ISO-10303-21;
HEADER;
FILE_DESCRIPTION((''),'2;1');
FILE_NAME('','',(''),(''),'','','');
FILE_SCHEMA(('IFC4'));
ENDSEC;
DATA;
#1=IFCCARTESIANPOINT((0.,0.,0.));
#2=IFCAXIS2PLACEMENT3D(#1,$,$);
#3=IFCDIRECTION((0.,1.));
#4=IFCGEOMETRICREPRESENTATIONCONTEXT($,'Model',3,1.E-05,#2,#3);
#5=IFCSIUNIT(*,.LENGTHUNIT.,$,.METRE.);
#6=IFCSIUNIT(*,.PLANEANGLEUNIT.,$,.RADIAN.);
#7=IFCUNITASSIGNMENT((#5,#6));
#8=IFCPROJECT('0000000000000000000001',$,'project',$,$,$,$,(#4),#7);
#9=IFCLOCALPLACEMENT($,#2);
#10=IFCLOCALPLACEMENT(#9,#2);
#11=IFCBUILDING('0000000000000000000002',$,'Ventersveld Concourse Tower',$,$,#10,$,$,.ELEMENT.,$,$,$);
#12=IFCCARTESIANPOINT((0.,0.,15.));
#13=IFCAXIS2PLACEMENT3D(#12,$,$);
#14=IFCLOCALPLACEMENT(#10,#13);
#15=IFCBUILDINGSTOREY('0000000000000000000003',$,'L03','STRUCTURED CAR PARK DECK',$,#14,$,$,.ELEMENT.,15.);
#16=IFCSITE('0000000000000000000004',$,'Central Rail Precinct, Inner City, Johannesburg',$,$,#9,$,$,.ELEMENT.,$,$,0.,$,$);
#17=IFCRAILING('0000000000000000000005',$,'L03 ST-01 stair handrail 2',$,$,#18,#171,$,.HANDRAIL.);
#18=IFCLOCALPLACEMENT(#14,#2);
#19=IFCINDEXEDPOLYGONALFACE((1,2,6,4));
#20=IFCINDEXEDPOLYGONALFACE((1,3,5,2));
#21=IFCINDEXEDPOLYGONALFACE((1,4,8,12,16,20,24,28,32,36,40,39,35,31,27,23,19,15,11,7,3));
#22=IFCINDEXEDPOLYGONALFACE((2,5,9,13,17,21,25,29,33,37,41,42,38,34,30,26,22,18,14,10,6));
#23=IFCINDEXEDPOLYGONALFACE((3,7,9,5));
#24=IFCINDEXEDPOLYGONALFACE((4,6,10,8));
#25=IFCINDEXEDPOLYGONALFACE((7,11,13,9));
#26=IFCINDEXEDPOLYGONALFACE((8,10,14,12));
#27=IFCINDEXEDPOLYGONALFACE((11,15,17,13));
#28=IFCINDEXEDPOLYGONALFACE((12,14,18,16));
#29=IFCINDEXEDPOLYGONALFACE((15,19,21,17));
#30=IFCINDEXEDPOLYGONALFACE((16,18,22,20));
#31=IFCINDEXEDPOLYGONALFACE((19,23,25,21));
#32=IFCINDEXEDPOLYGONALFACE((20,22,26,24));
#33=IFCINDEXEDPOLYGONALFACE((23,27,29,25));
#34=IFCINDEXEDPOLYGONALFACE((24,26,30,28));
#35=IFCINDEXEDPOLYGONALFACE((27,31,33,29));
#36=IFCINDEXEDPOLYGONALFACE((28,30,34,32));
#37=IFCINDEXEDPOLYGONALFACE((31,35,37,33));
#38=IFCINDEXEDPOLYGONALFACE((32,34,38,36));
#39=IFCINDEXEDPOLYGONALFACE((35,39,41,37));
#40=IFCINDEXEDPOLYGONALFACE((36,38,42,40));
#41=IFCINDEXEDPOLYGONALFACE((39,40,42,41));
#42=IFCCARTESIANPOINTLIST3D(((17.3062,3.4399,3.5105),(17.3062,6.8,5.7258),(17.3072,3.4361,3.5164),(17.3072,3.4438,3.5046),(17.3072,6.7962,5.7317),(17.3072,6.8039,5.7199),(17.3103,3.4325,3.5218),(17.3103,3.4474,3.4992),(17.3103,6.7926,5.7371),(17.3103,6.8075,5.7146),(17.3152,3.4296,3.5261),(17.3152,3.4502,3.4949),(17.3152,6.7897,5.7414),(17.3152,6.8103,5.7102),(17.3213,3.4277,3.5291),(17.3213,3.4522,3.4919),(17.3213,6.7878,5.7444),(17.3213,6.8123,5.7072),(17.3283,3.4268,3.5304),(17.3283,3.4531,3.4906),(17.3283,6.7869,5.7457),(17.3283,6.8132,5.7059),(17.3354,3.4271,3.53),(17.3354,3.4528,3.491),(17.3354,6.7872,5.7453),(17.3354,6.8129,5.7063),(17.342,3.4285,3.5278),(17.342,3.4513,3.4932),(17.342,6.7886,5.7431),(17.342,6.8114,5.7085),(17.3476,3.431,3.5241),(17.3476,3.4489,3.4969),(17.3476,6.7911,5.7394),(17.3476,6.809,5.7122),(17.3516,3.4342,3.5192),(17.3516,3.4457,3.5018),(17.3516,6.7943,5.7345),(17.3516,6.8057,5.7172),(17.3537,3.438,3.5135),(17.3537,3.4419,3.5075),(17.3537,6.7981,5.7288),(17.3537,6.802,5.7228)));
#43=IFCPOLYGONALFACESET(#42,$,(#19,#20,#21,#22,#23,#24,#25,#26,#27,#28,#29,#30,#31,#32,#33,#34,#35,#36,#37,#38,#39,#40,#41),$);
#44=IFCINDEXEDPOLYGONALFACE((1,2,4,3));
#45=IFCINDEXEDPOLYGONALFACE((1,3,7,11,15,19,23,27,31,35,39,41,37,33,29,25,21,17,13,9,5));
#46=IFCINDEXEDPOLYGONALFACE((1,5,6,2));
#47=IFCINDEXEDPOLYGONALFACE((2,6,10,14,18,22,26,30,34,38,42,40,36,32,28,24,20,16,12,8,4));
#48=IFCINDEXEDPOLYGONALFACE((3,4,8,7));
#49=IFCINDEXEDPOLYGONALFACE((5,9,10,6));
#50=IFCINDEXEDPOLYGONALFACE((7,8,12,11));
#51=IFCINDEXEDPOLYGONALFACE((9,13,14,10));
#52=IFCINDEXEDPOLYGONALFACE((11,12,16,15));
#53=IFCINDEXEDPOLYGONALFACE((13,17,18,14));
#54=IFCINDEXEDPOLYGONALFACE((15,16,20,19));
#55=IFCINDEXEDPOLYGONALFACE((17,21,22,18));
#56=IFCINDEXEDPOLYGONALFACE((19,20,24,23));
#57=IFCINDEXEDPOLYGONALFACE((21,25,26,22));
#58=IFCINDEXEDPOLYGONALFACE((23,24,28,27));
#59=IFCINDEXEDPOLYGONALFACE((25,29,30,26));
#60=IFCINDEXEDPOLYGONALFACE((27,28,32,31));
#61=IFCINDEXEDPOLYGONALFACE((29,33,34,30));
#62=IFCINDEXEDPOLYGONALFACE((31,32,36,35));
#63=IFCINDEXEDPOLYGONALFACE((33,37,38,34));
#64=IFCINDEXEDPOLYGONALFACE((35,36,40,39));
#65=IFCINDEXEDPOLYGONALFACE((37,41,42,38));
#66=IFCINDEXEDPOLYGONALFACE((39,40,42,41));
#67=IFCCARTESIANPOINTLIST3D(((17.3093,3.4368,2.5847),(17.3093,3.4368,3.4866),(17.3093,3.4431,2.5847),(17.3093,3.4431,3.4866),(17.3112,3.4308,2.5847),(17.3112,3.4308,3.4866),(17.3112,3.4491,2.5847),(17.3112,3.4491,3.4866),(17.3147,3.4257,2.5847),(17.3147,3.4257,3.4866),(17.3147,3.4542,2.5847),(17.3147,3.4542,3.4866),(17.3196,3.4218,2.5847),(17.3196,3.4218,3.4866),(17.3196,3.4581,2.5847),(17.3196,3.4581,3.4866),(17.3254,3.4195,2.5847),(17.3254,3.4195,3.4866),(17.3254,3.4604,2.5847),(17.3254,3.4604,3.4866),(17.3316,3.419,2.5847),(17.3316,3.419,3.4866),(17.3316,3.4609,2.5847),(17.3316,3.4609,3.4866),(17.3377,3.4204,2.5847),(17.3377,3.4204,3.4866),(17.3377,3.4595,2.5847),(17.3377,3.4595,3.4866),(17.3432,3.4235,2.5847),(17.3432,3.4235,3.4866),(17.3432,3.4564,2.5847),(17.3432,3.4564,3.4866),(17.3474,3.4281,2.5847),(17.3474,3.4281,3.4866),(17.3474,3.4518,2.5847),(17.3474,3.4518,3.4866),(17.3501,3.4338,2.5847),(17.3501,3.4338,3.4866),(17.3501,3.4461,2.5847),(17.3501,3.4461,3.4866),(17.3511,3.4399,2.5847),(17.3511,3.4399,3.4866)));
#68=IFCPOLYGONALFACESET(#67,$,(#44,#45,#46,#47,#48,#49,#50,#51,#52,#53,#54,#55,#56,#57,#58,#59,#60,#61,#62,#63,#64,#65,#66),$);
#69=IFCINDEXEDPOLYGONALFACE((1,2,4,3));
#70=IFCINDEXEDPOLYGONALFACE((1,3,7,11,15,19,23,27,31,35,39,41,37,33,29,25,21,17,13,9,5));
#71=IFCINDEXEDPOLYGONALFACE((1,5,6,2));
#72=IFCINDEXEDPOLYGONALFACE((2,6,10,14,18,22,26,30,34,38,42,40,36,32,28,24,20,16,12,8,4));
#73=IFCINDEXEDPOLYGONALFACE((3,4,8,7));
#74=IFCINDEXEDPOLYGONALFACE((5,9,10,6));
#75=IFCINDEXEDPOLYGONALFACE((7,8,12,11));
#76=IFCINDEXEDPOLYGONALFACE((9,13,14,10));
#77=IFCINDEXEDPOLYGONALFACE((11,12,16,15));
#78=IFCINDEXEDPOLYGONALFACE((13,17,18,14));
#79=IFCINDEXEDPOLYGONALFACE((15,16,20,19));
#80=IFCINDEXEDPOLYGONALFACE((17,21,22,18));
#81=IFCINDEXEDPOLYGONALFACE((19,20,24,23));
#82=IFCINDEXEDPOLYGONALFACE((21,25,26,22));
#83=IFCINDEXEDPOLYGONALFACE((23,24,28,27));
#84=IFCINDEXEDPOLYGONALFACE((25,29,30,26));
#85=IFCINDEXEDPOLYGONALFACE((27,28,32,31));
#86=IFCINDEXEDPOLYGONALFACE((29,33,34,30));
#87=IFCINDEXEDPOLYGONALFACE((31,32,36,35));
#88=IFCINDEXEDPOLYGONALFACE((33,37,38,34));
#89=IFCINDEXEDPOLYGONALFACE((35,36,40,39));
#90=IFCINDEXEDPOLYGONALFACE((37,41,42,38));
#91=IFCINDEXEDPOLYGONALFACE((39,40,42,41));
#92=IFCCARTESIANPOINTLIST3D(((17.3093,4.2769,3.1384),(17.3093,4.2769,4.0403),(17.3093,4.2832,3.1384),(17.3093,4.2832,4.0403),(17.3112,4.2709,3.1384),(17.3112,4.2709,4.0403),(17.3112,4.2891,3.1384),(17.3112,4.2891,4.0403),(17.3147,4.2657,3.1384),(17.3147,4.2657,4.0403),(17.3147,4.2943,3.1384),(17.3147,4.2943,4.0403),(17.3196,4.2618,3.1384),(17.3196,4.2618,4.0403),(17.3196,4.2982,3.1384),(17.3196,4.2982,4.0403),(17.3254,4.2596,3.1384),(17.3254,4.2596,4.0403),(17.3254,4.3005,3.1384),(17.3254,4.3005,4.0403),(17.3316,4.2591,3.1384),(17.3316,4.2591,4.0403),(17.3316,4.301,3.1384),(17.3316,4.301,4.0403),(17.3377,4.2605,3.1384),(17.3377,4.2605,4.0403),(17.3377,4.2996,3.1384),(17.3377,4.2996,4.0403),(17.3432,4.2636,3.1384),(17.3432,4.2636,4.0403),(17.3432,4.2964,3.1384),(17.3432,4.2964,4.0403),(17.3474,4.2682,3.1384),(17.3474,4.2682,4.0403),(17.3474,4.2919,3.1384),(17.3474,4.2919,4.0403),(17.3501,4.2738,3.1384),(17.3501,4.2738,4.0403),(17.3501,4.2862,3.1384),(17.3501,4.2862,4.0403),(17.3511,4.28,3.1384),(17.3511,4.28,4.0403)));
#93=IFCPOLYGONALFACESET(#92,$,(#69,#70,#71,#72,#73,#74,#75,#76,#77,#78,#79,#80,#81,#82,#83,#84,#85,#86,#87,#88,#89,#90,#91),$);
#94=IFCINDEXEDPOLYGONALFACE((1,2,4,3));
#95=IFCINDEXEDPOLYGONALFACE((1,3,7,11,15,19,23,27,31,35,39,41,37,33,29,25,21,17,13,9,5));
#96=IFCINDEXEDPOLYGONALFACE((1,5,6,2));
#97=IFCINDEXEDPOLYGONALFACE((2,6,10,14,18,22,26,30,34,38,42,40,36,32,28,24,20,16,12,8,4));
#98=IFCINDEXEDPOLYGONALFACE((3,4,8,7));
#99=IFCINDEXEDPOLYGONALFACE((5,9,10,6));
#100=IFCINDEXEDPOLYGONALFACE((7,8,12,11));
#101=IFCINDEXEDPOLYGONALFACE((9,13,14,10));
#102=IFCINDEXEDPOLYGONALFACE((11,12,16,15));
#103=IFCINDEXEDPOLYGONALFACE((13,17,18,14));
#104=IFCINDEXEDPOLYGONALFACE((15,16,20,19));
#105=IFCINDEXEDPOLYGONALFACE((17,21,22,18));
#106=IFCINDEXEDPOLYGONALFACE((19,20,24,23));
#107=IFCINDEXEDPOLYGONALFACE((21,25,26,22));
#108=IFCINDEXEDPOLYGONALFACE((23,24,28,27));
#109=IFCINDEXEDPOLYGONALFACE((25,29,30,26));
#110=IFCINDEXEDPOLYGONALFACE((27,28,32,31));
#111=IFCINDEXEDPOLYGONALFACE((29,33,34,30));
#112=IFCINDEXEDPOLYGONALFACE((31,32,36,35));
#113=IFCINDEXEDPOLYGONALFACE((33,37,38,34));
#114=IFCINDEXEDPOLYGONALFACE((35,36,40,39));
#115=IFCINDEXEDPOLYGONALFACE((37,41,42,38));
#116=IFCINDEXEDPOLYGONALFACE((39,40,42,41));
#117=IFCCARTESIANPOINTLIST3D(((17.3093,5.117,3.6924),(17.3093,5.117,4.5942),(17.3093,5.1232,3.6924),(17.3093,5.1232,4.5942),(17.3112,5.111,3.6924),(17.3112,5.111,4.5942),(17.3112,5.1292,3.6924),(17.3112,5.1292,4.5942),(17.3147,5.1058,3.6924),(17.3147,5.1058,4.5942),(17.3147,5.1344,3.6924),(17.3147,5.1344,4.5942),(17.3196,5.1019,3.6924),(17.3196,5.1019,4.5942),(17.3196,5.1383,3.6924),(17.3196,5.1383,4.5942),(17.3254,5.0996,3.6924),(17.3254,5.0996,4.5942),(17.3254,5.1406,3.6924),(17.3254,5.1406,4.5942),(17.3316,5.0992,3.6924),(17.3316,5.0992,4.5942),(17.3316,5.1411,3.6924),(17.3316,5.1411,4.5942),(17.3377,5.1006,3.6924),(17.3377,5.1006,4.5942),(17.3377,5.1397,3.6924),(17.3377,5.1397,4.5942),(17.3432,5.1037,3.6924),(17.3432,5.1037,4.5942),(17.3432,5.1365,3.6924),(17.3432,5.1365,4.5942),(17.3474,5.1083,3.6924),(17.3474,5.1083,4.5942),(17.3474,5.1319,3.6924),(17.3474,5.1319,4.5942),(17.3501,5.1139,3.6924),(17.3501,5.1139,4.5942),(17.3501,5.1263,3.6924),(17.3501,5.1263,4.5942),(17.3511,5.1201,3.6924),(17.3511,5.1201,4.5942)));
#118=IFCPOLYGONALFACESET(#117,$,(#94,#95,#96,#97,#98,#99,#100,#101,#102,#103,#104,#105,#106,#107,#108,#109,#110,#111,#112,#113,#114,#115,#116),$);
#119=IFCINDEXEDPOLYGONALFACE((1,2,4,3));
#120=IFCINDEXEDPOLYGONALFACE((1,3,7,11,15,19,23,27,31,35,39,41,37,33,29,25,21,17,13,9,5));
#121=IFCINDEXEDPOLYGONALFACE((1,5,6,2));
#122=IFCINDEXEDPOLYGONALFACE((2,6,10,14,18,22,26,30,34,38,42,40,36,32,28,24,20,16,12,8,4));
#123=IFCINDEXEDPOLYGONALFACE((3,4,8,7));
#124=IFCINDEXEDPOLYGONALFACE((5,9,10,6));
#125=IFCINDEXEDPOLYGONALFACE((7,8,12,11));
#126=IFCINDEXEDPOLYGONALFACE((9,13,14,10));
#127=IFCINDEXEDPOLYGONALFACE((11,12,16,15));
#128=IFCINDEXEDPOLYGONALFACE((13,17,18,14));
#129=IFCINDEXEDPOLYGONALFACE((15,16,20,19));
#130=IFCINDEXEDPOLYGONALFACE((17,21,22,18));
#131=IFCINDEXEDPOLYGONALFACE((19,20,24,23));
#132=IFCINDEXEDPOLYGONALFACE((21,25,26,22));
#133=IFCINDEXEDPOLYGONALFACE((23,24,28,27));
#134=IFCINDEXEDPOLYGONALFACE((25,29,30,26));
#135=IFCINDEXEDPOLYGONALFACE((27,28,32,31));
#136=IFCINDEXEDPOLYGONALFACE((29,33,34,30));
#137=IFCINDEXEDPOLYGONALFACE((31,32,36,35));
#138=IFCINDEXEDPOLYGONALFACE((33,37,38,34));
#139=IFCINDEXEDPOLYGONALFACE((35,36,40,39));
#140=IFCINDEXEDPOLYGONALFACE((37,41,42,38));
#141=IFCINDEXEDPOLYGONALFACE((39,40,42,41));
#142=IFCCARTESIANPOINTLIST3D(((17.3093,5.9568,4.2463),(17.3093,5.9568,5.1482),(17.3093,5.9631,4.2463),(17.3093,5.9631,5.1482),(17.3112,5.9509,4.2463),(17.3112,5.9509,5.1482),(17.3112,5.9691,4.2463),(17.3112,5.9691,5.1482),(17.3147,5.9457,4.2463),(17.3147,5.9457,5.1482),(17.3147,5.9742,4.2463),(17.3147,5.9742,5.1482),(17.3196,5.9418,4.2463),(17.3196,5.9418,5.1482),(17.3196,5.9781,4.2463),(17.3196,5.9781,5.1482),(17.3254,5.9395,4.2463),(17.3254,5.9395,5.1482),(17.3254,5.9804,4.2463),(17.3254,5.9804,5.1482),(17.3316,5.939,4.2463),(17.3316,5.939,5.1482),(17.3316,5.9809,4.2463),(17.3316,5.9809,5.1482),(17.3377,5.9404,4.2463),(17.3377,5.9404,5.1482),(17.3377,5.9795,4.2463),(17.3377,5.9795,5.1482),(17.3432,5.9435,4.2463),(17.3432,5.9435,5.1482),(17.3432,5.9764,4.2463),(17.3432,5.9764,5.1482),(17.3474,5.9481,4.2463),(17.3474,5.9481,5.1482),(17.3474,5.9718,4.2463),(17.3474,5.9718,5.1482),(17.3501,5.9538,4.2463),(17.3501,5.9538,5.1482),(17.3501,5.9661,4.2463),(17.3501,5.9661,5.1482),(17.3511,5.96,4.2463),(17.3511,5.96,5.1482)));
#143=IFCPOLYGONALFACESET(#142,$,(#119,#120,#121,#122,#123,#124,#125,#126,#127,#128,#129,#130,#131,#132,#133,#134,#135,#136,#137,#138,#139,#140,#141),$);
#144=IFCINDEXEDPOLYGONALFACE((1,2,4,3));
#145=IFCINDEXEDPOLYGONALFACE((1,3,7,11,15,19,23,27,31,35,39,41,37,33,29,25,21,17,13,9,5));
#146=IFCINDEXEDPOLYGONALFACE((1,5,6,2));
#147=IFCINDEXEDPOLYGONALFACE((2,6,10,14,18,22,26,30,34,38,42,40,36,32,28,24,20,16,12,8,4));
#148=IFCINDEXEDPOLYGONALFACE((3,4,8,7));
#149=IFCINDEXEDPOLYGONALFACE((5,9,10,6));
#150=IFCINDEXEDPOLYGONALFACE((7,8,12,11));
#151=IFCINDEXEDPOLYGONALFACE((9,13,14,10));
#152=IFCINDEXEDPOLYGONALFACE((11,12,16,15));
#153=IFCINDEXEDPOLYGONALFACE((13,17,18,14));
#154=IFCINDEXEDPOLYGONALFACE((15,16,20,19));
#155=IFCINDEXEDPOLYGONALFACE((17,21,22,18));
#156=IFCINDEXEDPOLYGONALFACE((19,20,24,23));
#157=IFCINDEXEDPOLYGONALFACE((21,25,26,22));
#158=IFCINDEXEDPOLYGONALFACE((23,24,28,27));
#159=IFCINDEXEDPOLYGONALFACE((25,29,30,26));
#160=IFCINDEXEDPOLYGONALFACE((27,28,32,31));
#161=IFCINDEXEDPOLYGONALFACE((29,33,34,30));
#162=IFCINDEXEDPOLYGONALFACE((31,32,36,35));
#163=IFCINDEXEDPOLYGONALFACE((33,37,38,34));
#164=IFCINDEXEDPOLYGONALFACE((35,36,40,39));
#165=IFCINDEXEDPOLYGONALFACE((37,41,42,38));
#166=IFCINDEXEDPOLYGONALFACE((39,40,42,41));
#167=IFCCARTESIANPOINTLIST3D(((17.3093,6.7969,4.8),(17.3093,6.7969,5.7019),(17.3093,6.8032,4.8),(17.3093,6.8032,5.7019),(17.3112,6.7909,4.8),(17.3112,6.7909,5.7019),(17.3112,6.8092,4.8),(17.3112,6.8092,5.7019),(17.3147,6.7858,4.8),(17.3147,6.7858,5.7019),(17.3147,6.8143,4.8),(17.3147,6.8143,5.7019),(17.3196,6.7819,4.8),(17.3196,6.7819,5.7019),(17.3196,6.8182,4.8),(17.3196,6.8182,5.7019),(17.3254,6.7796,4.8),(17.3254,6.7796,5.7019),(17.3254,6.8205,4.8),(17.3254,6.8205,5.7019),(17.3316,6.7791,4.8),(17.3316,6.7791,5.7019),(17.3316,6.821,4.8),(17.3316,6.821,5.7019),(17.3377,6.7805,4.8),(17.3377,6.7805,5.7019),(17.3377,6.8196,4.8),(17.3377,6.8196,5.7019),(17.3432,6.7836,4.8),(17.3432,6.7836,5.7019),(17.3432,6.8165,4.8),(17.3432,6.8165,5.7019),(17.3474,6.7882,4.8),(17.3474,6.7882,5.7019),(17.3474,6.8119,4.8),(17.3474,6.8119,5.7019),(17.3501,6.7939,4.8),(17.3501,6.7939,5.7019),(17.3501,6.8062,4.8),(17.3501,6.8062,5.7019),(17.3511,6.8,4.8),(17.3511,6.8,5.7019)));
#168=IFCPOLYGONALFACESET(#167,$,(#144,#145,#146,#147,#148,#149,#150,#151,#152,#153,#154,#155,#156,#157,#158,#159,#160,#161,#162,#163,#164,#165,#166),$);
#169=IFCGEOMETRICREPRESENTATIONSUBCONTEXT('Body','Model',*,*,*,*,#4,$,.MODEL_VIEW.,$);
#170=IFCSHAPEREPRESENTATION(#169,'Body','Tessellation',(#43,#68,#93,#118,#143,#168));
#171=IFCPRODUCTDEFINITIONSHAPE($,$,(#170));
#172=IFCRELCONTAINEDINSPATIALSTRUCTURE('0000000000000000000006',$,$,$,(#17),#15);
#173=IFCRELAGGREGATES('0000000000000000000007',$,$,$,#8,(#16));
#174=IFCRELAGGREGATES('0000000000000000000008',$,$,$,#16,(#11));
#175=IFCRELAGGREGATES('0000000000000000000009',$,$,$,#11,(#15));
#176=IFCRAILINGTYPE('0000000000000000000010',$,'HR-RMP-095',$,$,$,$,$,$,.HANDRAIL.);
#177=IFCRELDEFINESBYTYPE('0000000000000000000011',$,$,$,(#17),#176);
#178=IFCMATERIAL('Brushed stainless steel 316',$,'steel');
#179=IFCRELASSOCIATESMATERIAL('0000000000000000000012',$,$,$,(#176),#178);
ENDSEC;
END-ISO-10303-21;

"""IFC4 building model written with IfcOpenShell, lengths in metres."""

from ifc_helpers import new_model, si_unit, direction, frame, origin, origin_2d, place, context, subcontext, project, spatial, circle, extrude, material, type_object, element, save


model = new_model("IFC4")

# Units and contexts
model_context = context("Model", 3, precision=1e-05, world=origin(), true_north=direction((0.0, 1.0)))
body_context = subcontext(model_context, "Body", "Model", "MODEL_VIEW")
ifc_project = project(units=[si_unit("LENGTHUNIT", "METRE"), si_unit("PLANEANGLEUNIT", "RADIAN")], contexts=[model_context])

# Site, building, storey
site_placement = place(None, origin())
site = spatial("IfcSite", under=ifc_project, at=site_placement, Name="Central Rail Precinct, Inner City, Johannesburg", CompositionType="ELEMENT", RefElevation=0.0)
building_placement = place(site_placement, origin())
building = spatial("IfcBuilding", under=site, at=building_placement, Name="Ventersveld Concourse Tower", CompositionType="ELEMENT")
storey_placement = place(building_placement, frame((0.0, 0.0, 15.0)))
storey = spatial("IfcBuildingStorey", under=building, at=storey_placement, Name="L03", Description="STRUCTURED CAR PARK DECK", CompositionType="ELEMENT", Elevation=15.0)

# Shared definitions
ifc_material_1 = material(Name="Brushed stainless steel 316", Category="steel")

# Railing
railing_type_1 = type_object("IfcRailingType", Name="HR-RMP-095", PredefinedType="HANDRAIL", material=ifc_material_1)
railing_1_placement = place(storey_placement, frame((17.3301, 3.4399, 2.5847)))
element("IfcRailing", 1, at=railing_1_placement, inside=storey, type_object=railing_type_1, Name="L03 ST-01 stair handrail 2", PredefinedType="HANDRAIL", context=body_context, shape_type="SweptSolid", body=[
    extrude(circle(Radius=0.0239, at=origin_2d()), frame((0.0, 0.0, 0.9258), z_axis=(0.0, 0.834876, 0.550437), x_axis=(-1.0, 0.0, 0.0)), (0.0, 0.0, 1.0), 4.0247),
    extrude(circle(Radius=0.021, at=origin_2d()), origin(), (0.0, 0.0, 1.0), 0.9019),
    extrude(circle(Radius=0.021, at=origin_2d()), frame((0.0, 0.8401, 0.5537)), (0.0, 0.0, 1.0), 0.9019),
    extrude(circle(Radius=0.021, at=origin_2d()), frame((0.0, 1.6802, 1.1077)), (0.0, 0.0, 1.0), 0.9019),
    extrude(circle(Radius=0.021, at=origin_2d()), frame((0.0, 2.52, 1.6616)), (0.0, 0.0, 1.0), 0.9019),
    extrude(circle(Radius=0.021, at=origin_2d()), frame((0.0, 3.3601, 2.2153)), (0.0, 0.0, 1.0), 0.9019),
])

save(model, "model.ifc")
